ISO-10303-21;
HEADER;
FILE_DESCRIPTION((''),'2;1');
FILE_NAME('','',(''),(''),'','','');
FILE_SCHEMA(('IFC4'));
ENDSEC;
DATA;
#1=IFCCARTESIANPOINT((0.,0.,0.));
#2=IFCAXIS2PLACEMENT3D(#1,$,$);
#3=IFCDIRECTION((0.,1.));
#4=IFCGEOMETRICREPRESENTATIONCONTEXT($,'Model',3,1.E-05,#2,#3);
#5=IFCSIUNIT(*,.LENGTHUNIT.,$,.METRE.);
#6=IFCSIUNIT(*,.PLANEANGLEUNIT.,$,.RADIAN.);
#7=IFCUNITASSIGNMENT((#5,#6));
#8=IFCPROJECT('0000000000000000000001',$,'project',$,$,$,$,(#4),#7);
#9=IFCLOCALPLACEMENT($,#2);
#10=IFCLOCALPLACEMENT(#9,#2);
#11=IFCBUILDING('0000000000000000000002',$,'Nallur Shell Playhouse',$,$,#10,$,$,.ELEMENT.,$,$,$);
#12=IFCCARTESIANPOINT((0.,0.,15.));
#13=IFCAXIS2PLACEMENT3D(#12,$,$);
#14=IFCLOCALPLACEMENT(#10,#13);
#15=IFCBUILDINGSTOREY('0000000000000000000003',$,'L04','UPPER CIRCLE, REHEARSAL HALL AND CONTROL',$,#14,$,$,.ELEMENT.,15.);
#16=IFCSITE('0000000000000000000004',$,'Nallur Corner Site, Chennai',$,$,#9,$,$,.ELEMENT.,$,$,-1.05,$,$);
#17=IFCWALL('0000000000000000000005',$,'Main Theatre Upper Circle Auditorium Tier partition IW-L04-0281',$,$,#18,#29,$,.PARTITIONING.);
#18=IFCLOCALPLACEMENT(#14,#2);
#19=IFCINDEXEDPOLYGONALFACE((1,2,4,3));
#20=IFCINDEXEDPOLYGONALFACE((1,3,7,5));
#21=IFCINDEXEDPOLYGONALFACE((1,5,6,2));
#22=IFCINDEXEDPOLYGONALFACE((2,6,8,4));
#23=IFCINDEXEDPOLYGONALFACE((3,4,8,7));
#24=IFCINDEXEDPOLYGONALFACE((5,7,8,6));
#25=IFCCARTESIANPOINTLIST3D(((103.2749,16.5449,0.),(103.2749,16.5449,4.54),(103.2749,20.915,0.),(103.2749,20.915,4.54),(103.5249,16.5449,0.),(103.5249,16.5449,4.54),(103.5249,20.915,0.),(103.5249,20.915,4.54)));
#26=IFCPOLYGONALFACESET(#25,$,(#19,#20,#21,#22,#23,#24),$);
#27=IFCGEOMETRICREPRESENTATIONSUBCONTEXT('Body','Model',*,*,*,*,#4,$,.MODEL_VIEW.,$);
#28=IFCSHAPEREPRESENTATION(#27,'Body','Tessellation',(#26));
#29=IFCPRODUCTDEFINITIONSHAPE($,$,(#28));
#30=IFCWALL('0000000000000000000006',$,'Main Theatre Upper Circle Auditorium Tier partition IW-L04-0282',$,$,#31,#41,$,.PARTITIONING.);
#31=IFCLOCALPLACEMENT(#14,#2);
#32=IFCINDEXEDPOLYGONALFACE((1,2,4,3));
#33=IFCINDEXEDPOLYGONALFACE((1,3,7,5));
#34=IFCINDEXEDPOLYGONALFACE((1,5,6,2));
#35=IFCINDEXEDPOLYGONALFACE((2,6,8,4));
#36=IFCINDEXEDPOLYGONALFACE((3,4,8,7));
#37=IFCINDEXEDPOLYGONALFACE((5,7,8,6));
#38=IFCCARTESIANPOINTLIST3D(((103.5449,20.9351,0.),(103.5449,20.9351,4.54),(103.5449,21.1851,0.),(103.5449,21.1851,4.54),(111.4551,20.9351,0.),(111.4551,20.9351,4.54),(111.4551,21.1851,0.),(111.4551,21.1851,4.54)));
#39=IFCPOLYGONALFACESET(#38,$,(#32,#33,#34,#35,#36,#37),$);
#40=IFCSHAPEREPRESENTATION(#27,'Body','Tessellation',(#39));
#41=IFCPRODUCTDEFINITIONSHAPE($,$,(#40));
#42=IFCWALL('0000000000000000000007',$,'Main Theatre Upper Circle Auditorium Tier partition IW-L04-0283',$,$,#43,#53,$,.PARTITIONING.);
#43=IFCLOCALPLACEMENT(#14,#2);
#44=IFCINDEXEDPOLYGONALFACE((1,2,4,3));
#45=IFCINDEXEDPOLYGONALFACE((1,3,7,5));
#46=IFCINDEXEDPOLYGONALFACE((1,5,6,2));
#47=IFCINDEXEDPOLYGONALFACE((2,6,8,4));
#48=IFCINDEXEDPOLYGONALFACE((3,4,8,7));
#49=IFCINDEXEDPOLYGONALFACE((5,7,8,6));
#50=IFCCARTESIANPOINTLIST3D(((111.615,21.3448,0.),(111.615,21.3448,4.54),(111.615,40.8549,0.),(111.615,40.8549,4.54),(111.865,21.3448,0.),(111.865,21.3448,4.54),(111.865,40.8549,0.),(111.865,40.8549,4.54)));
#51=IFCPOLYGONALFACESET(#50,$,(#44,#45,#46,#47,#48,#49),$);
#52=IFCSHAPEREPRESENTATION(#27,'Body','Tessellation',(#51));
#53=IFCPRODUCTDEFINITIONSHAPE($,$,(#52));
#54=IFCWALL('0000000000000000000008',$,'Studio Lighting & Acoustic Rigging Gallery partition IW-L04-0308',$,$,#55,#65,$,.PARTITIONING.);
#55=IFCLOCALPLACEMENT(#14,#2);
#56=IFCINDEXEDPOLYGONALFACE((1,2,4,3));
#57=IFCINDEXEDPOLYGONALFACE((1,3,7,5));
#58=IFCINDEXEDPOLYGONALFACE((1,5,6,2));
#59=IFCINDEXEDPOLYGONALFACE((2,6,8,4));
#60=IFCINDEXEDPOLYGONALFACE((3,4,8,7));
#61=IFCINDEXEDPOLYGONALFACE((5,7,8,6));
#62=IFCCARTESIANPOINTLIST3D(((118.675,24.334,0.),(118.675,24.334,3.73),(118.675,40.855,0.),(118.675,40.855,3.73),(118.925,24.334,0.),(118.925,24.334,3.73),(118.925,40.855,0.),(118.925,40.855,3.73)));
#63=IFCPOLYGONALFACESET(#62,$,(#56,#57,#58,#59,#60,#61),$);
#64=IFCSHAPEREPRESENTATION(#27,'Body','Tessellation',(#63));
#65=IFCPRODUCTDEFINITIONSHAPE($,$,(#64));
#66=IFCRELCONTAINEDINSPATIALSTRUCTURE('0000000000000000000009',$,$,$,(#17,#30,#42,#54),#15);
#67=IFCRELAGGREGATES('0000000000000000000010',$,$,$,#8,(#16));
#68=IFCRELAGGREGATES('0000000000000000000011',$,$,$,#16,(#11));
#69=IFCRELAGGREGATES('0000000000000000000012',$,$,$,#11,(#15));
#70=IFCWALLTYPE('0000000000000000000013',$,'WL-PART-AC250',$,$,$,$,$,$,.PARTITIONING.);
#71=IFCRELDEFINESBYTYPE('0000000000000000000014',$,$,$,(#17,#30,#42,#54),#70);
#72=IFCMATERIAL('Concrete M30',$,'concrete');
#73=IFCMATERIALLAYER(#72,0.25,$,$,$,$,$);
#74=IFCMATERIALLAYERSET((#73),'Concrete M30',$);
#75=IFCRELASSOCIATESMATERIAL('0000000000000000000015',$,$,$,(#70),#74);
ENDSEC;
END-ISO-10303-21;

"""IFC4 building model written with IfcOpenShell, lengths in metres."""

from ifc_helpers import new_model, si_unit, direction, frame, frame_2d, origin, place, context, subcontext, project, spatial, rectangle, extrude, material, layer, layer_set, type_object, element, save


model = new_model("IFC4")

# Units and contexts
model_context = context("Model", 3, precision=1e-05, world=origin(), true_north=direction((0.0, 1.0)))
body_context = subcontext(model_context, "Body", "Model", "MODEL_VIEW")
ifc_project = project(units=[si_unit("LENGTHUNIT", "METRE"), si_unit("PLANEANGLEUNIT", "RADIAN")], contexts=[model_context])

# Site, building, storey
site_placement = place(None, origin())
site = spatial("IfcSite", under=ifc_project, at=site_placement, Name="Nallur Corner Site, Chennai", CompositionType="ELEMENT", RefElevation=-1.05)
building_placement = place(site_placement, origin())
building = spatial("IfcBuilding", under=site, at=building_placement, Name="Nallur Shell Playhouse", CompositionType="ELEMENT")
storey_placement = place(building_placement, frame((0.0, 0.0, 15.0)))
storey = spatial("IfcBuildingStorey", under=building, at=storey_placement, Name="L04", Description="UPPER CIRCLE, REHEARSAL HALL AND CONTROL", CompositionType="ELEMENT", Elevation=15.0)

# Shared definitions
ifc_material_1 = material(Name="Concrete M30", Category="concrete")
ifc_layer_1 = layer(ifc_material_1, 0.25)
ifc_layer_set_1 = layer_set([ifc_layer_1], Name="Concrete M30")
wall_type_1 = type_object("IfcWallType", Name="WL-PART-AC250", PredefinedType="PARTITIONING", material=ifc_layer_set_1)

# Walls
wall_1_placement = place(storey_placement, frame((103.3999, 16.5449, 0.0), z_axis=(0.0, 0.0, 1.0), x_axis=(0.0, 1.0, 0.0)))
element("IfcWall", 1, at=wall_1_placement, inside=storey, type_object=wall_type_1, Name="Main Theatre Upper Circle Auditorium Tier partition IW-L04-0281", PredefinedType="PARTITIONING", context=body_context, shape_type="SweptSolid", body=[
    extrude(rectangle(XDim=4.3701, YDim=0.25, at=frame_2d((2.1851, 0.0))), origin(), (0.0, 0.0, 1.0), 4.54),
])
wall_2_placement = place(storey_placement, frame((103.5449, 21.0601, 0.0), z_axis=(0.0, 0.0, 1.0), x_axis=(1.0, 0.0, 0.0)))
element("IfcWall", 2, at=wall_2_placement, inside=storey, type_object=wall_type_1, Name="Main Theatre Upper Circle Auditorium Tier partition IW-L04-0282", PredefinedType="PARTITIONING", context=body_context, shape_type="SweptSolid", body=[
    extrude(rectangle(XDim=7.9102, YDim=0.25, at=frame_2d((3.9551, 0.0))), origin(), (0.0, 0.0, 1.0), 4.54),
])
wall_3_placement = place(storey_placement, frame((111.74, 21.345, 0.0), z_axis=(0.0, 0.0, 1.0), x_axis=(0.0, 1.0, 0.0)))
element("IfcWall", 3, at=wall_3_placement, inside=storey, type_object=wall_type_1, Name="Main Theatre Upper Circle Auditorium Tier partition IW-L04-0283", PredefinedType="PARTITIONING", context=body_context, shape_type="SweptSolid", body=[
    extrude(rectangle(XDim=19.51, YDim=0.25, at=frame_2d((9.7549, 0.0))), origin(), (0.0, 0.0, 1.0), 4.54),
])
wall_4_placement = place(storey_placement, frame((118.8, 24.334, 0.0), z_axis=(0.0, 0.0, 1.0), x_axis=(0.0, 1.0, 0.0)))
element("IfcWall", 4, at=wall_4_placement, inside=storey, type_object=wall_type_1, Name="Studio Lighting & Acoustic Rigging Gallery partition IW-L04-0308", PredefinedType="PARTITIONING", context=body_context, shape_type="SweptSolid", body=[
    extrude(rectangle(XDim=16.521, YDim=0.25, at=frame_2d((8.2605, 0.0))), origin(), (0.0, 0.0, 1.0), 3.73),
])

save(model, "model.ifc")
